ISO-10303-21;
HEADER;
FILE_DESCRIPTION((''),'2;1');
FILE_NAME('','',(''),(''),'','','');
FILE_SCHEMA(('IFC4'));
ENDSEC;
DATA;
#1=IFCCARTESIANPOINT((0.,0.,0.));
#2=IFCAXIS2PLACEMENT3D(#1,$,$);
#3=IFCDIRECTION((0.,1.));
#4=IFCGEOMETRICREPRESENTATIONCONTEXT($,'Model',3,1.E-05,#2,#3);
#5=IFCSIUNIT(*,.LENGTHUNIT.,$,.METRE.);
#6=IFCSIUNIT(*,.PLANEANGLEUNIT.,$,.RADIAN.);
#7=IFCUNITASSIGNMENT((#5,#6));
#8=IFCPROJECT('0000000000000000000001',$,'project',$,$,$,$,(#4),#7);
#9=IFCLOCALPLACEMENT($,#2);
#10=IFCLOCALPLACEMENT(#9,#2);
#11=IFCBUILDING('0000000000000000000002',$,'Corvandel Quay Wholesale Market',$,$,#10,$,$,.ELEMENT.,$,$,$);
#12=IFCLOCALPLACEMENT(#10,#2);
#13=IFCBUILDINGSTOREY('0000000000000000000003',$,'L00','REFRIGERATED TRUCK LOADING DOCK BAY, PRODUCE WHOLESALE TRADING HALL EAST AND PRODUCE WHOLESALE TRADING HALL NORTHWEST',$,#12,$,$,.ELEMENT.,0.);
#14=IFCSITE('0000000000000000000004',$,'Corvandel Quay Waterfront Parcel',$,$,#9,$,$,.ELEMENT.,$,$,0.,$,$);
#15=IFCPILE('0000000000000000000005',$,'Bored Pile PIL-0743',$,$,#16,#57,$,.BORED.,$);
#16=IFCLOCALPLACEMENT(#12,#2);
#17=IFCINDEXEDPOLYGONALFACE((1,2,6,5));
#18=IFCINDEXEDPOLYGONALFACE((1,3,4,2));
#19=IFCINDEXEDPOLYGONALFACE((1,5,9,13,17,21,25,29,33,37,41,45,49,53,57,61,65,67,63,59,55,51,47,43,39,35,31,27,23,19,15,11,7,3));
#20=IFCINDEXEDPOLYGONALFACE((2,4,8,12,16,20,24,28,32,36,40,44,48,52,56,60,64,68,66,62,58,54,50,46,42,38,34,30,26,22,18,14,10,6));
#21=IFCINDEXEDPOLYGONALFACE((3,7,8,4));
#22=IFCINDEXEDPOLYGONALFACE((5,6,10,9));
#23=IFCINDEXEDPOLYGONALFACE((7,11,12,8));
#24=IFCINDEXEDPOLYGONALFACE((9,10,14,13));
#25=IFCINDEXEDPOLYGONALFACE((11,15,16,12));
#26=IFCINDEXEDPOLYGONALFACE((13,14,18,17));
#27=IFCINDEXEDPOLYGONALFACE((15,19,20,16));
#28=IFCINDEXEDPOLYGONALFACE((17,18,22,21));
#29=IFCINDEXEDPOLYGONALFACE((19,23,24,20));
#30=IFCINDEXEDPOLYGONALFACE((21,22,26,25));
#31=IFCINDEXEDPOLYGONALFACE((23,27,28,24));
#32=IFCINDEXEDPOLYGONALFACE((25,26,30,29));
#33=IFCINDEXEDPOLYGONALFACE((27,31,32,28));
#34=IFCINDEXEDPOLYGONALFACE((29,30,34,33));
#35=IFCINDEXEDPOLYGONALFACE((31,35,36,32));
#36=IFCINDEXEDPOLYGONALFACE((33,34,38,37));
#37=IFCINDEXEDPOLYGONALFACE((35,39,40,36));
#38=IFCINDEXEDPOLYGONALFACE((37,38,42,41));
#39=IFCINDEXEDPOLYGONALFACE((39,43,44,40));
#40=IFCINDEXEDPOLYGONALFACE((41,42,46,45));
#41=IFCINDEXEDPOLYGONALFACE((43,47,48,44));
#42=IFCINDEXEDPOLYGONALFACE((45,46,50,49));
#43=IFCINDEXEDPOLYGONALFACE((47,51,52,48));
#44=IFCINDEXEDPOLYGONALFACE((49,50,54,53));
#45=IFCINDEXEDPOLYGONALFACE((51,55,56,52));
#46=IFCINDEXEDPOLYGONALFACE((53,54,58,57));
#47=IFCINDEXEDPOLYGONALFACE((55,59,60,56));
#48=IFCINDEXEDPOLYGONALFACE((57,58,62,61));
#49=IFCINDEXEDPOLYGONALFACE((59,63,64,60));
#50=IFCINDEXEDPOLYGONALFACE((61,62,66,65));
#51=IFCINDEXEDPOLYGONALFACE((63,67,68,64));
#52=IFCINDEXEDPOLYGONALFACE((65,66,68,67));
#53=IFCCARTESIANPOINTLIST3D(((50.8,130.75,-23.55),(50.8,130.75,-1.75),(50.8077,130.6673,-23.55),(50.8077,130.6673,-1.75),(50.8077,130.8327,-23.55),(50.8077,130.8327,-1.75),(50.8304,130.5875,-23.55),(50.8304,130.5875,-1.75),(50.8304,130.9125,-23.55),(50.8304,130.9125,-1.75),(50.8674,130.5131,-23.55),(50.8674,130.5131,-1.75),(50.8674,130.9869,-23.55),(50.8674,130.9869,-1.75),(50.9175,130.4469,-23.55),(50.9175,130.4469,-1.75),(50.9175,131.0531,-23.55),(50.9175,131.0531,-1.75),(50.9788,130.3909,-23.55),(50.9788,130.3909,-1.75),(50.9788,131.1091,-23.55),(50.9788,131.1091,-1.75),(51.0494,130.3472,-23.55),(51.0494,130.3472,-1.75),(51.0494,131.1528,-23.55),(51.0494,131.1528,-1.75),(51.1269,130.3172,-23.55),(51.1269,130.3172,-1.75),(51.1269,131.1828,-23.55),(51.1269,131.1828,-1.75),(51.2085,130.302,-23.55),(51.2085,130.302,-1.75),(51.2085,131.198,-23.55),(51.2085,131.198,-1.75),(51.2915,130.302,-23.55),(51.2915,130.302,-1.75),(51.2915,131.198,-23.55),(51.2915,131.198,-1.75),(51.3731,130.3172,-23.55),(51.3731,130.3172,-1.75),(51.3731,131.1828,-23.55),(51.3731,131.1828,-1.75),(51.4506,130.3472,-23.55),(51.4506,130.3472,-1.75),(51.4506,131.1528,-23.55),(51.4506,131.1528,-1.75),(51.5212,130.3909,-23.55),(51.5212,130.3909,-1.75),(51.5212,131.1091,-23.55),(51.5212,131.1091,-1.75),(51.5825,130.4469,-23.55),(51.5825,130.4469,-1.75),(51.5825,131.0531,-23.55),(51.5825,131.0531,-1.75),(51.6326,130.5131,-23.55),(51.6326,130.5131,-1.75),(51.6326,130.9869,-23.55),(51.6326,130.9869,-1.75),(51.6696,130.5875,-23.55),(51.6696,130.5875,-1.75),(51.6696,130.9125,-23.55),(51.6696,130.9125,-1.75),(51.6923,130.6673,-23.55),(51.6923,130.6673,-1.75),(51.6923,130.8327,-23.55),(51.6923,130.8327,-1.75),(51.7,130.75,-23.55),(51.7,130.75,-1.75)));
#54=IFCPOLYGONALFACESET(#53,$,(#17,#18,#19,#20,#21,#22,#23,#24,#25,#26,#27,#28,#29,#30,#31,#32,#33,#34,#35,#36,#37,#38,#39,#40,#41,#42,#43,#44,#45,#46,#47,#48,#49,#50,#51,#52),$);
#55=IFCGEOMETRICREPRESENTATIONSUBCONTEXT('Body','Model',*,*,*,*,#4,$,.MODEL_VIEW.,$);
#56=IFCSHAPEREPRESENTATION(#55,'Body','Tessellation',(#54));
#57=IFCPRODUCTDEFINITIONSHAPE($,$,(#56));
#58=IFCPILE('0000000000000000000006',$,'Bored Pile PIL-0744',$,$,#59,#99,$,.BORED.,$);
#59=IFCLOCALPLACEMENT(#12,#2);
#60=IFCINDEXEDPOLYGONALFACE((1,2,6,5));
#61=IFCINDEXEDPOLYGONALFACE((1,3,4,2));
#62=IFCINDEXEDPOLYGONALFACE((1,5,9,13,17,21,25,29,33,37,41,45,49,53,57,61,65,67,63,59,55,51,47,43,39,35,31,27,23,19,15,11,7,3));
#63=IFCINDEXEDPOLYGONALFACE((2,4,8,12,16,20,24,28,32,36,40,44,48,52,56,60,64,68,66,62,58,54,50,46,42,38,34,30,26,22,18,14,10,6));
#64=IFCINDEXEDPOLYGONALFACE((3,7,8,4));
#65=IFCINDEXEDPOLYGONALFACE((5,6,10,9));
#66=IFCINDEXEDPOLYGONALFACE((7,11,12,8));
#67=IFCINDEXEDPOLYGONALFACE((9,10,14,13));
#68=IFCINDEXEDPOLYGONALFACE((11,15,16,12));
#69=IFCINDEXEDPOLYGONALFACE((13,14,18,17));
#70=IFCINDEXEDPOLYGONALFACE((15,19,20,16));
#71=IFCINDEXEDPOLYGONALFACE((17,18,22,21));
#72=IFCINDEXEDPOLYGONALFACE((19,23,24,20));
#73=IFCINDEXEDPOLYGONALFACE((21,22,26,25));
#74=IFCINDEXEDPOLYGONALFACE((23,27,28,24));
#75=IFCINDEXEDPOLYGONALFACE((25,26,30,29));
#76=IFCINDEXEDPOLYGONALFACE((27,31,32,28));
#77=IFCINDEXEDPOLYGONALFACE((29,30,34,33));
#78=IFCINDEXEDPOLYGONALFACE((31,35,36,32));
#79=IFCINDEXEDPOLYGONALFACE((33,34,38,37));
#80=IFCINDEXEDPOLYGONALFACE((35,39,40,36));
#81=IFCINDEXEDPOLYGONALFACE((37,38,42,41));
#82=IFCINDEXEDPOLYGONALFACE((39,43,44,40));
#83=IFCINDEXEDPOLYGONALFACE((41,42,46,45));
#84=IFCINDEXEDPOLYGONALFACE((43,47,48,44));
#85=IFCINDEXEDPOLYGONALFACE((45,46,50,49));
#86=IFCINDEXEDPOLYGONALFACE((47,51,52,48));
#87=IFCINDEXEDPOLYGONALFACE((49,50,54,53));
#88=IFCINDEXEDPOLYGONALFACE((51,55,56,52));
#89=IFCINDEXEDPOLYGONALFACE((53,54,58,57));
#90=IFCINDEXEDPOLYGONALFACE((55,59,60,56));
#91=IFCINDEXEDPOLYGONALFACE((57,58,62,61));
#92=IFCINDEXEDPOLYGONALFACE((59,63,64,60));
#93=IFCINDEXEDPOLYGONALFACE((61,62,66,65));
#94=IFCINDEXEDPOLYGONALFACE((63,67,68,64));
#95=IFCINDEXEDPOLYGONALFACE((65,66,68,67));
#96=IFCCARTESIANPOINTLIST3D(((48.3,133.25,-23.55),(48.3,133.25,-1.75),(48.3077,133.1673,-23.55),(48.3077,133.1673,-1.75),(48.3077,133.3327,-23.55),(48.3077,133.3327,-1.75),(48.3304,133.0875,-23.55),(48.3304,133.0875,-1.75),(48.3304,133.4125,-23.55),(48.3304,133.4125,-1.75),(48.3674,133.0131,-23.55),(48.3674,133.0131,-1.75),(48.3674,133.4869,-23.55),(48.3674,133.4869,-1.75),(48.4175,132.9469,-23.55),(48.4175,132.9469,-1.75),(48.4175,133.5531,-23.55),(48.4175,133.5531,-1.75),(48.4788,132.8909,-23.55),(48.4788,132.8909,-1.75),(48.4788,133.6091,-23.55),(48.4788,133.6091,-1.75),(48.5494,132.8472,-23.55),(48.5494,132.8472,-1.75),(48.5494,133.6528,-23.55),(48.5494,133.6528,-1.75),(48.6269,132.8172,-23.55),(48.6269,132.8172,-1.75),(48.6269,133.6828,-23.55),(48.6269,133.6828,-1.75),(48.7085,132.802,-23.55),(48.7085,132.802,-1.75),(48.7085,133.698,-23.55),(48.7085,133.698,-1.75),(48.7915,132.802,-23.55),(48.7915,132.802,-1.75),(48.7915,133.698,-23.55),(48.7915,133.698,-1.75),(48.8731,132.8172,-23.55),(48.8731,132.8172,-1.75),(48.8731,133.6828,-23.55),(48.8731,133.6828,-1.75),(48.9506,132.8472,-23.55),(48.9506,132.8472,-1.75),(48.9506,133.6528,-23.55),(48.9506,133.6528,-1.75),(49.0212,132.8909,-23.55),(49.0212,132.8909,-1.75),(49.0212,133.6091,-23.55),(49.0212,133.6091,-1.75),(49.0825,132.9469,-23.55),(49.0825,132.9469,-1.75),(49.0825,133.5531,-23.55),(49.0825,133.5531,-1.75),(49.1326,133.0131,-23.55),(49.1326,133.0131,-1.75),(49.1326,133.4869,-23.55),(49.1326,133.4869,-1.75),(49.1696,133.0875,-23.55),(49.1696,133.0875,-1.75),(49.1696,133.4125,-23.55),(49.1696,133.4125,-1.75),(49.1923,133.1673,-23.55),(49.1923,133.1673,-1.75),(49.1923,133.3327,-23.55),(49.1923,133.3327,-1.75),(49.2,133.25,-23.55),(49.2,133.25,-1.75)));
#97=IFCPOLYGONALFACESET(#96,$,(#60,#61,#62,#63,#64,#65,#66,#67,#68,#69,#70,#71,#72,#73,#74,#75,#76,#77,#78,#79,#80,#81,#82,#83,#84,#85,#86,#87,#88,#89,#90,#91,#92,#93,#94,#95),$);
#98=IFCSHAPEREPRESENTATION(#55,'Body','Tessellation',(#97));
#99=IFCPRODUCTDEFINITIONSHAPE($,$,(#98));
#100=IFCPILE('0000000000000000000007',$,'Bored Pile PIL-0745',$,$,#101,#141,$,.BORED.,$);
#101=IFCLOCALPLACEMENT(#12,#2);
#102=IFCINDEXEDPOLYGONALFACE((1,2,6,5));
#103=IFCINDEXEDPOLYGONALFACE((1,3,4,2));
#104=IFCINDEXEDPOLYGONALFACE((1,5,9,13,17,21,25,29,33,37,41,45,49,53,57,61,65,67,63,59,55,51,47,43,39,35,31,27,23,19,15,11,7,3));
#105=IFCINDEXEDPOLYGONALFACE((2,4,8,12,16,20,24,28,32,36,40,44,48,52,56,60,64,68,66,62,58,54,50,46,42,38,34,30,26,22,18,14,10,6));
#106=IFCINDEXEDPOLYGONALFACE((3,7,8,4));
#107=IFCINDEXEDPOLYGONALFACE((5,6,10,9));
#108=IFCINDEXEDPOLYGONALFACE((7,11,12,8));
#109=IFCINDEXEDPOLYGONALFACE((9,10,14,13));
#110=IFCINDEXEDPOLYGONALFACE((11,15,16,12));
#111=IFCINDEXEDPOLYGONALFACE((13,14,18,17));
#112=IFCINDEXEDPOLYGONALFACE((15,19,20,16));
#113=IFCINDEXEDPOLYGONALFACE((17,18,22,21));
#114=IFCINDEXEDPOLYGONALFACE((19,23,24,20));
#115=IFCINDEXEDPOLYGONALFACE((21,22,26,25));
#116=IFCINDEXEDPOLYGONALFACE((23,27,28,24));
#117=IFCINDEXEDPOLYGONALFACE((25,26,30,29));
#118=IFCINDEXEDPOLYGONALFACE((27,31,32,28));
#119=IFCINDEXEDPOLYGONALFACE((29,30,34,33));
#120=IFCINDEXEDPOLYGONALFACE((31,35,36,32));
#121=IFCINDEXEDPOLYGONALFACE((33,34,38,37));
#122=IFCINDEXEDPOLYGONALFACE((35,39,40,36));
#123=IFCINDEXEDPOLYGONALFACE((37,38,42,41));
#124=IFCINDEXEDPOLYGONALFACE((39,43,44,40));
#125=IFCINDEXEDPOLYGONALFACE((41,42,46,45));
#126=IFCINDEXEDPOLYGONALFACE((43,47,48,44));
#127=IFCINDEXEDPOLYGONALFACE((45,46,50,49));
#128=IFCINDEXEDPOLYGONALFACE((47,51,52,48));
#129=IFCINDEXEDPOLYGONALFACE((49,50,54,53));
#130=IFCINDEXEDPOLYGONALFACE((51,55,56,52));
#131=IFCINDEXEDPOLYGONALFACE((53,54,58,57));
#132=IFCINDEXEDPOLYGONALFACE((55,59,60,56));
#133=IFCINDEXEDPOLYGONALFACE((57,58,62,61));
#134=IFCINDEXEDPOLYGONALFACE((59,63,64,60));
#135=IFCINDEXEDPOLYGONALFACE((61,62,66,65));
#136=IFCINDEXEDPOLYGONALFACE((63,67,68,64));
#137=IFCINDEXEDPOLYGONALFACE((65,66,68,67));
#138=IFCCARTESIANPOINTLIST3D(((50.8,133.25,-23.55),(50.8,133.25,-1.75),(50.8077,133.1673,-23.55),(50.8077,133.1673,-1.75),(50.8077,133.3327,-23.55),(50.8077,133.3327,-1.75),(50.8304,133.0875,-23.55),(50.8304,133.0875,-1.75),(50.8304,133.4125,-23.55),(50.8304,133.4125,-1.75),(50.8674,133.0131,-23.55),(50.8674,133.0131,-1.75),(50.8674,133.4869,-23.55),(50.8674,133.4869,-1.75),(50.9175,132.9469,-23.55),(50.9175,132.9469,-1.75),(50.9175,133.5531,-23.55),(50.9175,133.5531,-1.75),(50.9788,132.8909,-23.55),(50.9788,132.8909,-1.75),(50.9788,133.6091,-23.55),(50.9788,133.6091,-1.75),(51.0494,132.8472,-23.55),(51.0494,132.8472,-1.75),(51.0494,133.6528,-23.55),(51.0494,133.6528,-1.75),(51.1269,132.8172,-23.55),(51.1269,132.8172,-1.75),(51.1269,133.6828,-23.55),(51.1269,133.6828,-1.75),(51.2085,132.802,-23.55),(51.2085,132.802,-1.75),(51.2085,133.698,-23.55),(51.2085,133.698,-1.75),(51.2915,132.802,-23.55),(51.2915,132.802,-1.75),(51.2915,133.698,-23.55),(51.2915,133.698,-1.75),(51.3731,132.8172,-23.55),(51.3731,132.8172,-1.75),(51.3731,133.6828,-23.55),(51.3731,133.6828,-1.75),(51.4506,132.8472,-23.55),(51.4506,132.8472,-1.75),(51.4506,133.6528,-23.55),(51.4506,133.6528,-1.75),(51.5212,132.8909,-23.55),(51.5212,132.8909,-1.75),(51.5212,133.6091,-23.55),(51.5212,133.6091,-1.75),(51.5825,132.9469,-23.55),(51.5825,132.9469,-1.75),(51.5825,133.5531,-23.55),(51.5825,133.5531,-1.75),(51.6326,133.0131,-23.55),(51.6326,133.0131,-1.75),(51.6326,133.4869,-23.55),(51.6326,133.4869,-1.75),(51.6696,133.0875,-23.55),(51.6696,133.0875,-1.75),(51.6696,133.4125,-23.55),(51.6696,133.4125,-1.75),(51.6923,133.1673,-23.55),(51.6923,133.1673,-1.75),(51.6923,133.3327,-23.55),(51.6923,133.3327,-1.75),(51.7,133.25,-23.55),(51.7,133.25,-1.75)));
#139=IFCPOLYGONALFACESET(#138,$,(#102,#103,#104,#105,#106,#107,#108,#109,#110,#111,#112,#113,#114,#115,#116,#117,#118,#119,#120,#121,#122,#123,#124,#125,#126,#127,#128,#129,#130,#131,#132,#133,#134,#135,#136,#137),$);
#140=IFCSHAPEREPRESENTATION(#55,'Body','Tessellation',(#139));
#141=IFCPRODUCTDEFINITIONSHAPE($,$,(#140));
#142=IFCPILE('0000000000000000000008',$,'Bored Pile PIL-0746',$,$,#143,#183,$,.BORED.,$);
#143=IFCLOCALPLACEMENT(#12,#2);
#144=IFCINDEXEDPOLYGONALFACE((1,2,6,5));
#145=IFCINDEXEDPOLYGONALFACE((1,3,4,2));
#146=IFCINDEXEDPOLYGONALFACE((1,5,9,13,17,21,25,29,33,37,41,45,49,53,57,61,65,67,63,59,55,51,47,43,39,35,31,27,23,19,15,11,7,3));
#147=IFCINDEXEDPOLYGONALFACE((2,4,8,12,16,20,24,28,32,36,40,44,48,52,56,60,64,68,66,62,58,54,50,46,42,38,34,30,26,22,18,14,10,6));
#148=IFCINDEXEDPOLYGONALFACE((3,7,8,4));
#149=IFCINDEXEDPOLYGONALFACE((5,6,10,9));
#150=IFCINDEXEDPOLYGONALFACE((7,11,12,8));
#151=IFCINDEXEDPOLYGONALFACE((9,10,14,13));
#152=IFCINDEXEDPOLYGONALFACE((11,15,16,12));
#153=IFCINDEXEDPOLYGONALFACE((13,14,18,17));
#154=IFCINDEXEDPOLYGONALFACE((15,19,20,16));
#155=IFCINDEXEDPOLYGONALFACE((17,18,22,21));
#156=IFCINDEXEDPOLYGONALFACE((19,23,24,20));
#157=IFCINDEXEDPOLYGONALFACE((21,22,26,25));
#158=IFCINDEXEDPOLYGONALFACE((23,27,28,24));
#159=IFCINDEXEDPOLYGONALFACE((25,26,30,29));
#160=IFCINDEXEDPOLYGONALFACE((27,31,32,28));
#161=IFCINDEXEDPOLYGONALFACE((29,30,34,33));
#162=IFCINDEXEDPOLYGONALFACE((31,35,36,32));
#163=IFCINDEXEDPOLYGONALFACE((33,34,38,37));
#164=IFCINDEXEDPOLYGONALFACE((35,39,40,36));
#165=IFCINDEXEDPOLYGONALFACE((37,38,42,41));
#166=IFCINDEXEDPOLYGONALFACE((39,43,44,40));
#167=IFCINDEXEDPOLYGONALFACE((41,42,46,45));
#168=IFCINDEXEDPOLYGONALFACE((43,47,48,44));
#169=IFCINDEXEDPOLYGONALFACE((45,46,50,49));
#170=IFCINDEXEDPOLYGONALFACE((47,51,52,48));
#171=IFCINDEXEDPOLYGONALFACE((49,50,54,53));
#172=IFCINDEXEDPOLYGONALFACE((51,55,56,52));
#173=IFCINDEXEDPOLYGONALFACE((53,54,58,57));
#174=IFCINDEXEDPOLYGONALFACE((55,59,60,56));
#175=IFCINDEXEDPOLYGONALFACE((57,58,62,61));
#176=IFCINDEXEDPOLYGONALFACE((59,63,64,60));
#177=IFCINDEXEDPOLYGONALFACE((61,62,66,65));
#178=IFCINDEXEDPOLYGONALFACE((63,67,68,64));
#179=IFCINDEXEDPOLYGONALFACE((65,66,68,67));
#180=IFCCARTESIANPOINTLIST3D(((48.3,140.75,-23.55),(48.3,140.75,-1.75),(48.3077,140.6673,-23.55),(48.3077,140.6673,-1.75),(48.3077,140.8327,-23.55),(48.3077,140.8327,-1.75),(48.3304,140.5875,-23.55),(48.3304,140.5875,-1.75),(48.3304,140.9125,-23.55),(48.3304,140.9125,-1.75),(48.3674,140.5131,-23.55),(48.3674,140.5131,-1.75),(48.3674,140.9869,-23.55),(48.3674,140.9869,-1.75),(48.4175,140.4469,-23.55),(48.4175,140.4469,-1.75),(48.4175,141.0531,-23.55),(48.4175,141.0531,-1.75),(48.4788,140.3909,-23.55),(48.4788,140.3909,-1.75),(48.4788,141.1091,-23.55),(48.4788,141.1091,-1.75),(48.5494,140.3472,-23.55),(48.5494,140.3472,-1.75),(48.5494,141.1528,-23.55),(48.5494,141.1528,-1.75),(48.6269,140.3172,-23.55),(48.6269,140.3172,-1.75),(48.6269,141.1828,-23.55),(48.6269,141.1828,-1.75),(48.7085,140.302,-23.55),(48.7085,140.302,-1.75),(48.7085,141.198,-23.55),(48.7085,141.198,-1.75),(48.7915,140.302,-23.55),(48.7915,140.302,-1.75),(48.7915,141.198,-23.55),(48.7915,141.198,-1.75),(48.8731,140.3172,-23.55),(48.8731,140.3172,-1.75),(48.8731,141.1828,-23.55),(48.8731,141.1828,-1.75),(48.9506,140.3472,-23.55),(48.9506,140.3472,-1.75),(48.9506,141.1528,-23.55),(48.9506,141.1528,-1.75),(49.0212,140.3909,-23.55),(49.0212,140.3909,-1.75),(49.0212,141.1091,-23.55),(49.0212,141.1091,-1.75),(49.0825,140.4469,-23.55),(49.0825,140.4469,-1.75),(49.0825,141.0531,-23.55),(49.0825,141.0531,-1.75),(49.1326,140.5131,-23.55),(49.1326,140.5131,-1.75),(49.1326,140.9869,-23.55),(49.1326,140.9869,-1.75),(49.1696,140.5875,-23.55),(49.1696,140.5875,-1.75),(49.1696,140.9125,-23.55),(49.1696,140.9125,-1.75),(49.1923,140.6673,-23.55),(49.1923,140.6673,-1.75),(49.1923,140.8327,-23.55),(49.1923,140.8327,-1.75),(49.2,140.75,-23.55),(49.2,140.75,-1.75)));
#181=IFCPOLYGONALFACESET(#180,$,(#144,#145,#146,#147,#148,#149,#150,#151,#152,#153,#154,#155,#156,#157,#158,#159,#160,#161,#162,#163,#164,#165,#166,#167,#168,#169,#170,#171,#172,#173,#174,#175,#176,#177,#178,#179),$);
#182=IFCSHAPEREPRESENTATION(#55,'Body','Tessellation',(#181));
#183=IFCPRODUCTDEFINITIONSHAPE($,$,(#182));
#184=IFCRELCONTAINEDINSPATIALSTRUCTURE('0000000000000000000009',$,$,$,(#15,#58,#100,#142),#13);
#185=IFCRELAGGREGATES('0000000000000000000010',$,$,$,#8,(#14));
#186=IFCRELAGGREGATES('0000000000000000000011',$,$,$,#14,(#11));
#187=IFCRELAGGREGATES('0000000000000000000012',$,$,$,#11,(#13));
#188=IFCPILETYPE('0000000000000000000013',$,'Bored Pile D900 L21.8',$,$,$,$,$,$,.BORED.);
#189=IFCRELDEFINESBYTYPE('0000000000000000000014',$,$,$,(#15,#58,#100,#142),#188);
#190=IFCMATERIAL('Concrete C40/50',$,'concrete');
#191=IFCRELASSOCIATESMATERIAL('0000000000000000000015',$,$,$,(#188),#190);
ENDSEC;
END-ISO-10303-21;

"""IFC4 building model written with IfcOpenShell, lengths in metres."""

from ifc_helpers import new_model, si_unit, direction, frame, origin, origin_2d, place, context, subcontext, project, spatial, circle, extrude, material, material_profile, profile_set, type_object, element, save


model = new_model("IFC4")

# Units and contexts
model_context = context("Model", 3, precision=1e-05, world=origin(), true_north=direction((0.0, 1.0)))
body_context = subcontext(model_context, "Body", "Model", "MODEL_VIEW")
ifc_project = project(units=[si_unit("LENGTHUNIT", "METRE"), si_unit("PLANEANGLEUNIT", "RADIAN")], contexts=[model_context])

# Site, building, storey
site_placement = place(None, origin())
site = spatial("IfcSite", under=ifc_project, at=site_placement, Name="Corvandel Quay Waterfront Parcel", CompositionType="ELEMENT", RefElevation=0.0)
building_placement = place(site_placement, origin())
building = spatial("IfcBuilding", under=site, at=building_placement, Name="Corvandel Quay Wholesale Market", CompositionType="ELEMENT")
storey_placement = place(building_placement, origin())
storey = spatial("IfcBuildingStorey", under=building, at=storey_placement, Name="L00", Description="REFRIGERATED TRUCK LOADING DOCK BAY, PRODUCE WHOLESALE TRADING HALL EAST AND PRODUCE WHOLESALE TRADING HALL NORTHWEST", CompositionType="ELEMENT", Elevation=0.0)

# Piles
ifc_material_1 = material(Name="Concrete C40/50", Category="concrete")
ifc_material_profile_1 = material_profile(ifc_material_1, circle(Radius=0.45, at=origin_2d()), Name="RC-PILE-D900")
ifc_profile_set_1 = profile_set([ifc_material_profile_1], Name="Concrete C40/50")
pile_type_1 = type_object("IfcPileType", Name="Bored Pile D900 L21.8", PredefinedType="BORED", material=ifc_profile_set_1)
for number, where, z_axis, x_axis, name in (
    (1, (51.25, 130.75, -1.75), (0.0, 0.0, -1.0), (1.0, 0.0, 0.0), "Bored Pile PIL-0743"),
    (2, (48.75, 133.25, -1.75), (0.0, 0.0, -1.0), (1.0, 0.0, 0.0), "Bored Pile PIL-0744"),
    (3, (51.25, 133.25, -1.75), (0.0, 0.0, -1.0), (1.0, 0.0, 0.0), "Bored Pile PIL-0745"),
    (4, (48.75, 140.75, -1.75), (0.0, 0.0, -1.0), (1.0, 0.0, 0.0), "Bored Pile PIL-0746"),
):
    element("IfcPile", number, at=place(storey_placement, frame(where, z_axis=z_axis, x_axis=x_axis)), inside=storey, type_object=pile_type_1, Name=name, PredefinedType="BORED", context=body_context, shape_type="SweptSolid", body=[
        extrude(circle(Radius=0.45, at=origin_2d()), origin(), (0.0, 0.0, 1.0), 21.8),
    ])

save(model, "model.ifc")
